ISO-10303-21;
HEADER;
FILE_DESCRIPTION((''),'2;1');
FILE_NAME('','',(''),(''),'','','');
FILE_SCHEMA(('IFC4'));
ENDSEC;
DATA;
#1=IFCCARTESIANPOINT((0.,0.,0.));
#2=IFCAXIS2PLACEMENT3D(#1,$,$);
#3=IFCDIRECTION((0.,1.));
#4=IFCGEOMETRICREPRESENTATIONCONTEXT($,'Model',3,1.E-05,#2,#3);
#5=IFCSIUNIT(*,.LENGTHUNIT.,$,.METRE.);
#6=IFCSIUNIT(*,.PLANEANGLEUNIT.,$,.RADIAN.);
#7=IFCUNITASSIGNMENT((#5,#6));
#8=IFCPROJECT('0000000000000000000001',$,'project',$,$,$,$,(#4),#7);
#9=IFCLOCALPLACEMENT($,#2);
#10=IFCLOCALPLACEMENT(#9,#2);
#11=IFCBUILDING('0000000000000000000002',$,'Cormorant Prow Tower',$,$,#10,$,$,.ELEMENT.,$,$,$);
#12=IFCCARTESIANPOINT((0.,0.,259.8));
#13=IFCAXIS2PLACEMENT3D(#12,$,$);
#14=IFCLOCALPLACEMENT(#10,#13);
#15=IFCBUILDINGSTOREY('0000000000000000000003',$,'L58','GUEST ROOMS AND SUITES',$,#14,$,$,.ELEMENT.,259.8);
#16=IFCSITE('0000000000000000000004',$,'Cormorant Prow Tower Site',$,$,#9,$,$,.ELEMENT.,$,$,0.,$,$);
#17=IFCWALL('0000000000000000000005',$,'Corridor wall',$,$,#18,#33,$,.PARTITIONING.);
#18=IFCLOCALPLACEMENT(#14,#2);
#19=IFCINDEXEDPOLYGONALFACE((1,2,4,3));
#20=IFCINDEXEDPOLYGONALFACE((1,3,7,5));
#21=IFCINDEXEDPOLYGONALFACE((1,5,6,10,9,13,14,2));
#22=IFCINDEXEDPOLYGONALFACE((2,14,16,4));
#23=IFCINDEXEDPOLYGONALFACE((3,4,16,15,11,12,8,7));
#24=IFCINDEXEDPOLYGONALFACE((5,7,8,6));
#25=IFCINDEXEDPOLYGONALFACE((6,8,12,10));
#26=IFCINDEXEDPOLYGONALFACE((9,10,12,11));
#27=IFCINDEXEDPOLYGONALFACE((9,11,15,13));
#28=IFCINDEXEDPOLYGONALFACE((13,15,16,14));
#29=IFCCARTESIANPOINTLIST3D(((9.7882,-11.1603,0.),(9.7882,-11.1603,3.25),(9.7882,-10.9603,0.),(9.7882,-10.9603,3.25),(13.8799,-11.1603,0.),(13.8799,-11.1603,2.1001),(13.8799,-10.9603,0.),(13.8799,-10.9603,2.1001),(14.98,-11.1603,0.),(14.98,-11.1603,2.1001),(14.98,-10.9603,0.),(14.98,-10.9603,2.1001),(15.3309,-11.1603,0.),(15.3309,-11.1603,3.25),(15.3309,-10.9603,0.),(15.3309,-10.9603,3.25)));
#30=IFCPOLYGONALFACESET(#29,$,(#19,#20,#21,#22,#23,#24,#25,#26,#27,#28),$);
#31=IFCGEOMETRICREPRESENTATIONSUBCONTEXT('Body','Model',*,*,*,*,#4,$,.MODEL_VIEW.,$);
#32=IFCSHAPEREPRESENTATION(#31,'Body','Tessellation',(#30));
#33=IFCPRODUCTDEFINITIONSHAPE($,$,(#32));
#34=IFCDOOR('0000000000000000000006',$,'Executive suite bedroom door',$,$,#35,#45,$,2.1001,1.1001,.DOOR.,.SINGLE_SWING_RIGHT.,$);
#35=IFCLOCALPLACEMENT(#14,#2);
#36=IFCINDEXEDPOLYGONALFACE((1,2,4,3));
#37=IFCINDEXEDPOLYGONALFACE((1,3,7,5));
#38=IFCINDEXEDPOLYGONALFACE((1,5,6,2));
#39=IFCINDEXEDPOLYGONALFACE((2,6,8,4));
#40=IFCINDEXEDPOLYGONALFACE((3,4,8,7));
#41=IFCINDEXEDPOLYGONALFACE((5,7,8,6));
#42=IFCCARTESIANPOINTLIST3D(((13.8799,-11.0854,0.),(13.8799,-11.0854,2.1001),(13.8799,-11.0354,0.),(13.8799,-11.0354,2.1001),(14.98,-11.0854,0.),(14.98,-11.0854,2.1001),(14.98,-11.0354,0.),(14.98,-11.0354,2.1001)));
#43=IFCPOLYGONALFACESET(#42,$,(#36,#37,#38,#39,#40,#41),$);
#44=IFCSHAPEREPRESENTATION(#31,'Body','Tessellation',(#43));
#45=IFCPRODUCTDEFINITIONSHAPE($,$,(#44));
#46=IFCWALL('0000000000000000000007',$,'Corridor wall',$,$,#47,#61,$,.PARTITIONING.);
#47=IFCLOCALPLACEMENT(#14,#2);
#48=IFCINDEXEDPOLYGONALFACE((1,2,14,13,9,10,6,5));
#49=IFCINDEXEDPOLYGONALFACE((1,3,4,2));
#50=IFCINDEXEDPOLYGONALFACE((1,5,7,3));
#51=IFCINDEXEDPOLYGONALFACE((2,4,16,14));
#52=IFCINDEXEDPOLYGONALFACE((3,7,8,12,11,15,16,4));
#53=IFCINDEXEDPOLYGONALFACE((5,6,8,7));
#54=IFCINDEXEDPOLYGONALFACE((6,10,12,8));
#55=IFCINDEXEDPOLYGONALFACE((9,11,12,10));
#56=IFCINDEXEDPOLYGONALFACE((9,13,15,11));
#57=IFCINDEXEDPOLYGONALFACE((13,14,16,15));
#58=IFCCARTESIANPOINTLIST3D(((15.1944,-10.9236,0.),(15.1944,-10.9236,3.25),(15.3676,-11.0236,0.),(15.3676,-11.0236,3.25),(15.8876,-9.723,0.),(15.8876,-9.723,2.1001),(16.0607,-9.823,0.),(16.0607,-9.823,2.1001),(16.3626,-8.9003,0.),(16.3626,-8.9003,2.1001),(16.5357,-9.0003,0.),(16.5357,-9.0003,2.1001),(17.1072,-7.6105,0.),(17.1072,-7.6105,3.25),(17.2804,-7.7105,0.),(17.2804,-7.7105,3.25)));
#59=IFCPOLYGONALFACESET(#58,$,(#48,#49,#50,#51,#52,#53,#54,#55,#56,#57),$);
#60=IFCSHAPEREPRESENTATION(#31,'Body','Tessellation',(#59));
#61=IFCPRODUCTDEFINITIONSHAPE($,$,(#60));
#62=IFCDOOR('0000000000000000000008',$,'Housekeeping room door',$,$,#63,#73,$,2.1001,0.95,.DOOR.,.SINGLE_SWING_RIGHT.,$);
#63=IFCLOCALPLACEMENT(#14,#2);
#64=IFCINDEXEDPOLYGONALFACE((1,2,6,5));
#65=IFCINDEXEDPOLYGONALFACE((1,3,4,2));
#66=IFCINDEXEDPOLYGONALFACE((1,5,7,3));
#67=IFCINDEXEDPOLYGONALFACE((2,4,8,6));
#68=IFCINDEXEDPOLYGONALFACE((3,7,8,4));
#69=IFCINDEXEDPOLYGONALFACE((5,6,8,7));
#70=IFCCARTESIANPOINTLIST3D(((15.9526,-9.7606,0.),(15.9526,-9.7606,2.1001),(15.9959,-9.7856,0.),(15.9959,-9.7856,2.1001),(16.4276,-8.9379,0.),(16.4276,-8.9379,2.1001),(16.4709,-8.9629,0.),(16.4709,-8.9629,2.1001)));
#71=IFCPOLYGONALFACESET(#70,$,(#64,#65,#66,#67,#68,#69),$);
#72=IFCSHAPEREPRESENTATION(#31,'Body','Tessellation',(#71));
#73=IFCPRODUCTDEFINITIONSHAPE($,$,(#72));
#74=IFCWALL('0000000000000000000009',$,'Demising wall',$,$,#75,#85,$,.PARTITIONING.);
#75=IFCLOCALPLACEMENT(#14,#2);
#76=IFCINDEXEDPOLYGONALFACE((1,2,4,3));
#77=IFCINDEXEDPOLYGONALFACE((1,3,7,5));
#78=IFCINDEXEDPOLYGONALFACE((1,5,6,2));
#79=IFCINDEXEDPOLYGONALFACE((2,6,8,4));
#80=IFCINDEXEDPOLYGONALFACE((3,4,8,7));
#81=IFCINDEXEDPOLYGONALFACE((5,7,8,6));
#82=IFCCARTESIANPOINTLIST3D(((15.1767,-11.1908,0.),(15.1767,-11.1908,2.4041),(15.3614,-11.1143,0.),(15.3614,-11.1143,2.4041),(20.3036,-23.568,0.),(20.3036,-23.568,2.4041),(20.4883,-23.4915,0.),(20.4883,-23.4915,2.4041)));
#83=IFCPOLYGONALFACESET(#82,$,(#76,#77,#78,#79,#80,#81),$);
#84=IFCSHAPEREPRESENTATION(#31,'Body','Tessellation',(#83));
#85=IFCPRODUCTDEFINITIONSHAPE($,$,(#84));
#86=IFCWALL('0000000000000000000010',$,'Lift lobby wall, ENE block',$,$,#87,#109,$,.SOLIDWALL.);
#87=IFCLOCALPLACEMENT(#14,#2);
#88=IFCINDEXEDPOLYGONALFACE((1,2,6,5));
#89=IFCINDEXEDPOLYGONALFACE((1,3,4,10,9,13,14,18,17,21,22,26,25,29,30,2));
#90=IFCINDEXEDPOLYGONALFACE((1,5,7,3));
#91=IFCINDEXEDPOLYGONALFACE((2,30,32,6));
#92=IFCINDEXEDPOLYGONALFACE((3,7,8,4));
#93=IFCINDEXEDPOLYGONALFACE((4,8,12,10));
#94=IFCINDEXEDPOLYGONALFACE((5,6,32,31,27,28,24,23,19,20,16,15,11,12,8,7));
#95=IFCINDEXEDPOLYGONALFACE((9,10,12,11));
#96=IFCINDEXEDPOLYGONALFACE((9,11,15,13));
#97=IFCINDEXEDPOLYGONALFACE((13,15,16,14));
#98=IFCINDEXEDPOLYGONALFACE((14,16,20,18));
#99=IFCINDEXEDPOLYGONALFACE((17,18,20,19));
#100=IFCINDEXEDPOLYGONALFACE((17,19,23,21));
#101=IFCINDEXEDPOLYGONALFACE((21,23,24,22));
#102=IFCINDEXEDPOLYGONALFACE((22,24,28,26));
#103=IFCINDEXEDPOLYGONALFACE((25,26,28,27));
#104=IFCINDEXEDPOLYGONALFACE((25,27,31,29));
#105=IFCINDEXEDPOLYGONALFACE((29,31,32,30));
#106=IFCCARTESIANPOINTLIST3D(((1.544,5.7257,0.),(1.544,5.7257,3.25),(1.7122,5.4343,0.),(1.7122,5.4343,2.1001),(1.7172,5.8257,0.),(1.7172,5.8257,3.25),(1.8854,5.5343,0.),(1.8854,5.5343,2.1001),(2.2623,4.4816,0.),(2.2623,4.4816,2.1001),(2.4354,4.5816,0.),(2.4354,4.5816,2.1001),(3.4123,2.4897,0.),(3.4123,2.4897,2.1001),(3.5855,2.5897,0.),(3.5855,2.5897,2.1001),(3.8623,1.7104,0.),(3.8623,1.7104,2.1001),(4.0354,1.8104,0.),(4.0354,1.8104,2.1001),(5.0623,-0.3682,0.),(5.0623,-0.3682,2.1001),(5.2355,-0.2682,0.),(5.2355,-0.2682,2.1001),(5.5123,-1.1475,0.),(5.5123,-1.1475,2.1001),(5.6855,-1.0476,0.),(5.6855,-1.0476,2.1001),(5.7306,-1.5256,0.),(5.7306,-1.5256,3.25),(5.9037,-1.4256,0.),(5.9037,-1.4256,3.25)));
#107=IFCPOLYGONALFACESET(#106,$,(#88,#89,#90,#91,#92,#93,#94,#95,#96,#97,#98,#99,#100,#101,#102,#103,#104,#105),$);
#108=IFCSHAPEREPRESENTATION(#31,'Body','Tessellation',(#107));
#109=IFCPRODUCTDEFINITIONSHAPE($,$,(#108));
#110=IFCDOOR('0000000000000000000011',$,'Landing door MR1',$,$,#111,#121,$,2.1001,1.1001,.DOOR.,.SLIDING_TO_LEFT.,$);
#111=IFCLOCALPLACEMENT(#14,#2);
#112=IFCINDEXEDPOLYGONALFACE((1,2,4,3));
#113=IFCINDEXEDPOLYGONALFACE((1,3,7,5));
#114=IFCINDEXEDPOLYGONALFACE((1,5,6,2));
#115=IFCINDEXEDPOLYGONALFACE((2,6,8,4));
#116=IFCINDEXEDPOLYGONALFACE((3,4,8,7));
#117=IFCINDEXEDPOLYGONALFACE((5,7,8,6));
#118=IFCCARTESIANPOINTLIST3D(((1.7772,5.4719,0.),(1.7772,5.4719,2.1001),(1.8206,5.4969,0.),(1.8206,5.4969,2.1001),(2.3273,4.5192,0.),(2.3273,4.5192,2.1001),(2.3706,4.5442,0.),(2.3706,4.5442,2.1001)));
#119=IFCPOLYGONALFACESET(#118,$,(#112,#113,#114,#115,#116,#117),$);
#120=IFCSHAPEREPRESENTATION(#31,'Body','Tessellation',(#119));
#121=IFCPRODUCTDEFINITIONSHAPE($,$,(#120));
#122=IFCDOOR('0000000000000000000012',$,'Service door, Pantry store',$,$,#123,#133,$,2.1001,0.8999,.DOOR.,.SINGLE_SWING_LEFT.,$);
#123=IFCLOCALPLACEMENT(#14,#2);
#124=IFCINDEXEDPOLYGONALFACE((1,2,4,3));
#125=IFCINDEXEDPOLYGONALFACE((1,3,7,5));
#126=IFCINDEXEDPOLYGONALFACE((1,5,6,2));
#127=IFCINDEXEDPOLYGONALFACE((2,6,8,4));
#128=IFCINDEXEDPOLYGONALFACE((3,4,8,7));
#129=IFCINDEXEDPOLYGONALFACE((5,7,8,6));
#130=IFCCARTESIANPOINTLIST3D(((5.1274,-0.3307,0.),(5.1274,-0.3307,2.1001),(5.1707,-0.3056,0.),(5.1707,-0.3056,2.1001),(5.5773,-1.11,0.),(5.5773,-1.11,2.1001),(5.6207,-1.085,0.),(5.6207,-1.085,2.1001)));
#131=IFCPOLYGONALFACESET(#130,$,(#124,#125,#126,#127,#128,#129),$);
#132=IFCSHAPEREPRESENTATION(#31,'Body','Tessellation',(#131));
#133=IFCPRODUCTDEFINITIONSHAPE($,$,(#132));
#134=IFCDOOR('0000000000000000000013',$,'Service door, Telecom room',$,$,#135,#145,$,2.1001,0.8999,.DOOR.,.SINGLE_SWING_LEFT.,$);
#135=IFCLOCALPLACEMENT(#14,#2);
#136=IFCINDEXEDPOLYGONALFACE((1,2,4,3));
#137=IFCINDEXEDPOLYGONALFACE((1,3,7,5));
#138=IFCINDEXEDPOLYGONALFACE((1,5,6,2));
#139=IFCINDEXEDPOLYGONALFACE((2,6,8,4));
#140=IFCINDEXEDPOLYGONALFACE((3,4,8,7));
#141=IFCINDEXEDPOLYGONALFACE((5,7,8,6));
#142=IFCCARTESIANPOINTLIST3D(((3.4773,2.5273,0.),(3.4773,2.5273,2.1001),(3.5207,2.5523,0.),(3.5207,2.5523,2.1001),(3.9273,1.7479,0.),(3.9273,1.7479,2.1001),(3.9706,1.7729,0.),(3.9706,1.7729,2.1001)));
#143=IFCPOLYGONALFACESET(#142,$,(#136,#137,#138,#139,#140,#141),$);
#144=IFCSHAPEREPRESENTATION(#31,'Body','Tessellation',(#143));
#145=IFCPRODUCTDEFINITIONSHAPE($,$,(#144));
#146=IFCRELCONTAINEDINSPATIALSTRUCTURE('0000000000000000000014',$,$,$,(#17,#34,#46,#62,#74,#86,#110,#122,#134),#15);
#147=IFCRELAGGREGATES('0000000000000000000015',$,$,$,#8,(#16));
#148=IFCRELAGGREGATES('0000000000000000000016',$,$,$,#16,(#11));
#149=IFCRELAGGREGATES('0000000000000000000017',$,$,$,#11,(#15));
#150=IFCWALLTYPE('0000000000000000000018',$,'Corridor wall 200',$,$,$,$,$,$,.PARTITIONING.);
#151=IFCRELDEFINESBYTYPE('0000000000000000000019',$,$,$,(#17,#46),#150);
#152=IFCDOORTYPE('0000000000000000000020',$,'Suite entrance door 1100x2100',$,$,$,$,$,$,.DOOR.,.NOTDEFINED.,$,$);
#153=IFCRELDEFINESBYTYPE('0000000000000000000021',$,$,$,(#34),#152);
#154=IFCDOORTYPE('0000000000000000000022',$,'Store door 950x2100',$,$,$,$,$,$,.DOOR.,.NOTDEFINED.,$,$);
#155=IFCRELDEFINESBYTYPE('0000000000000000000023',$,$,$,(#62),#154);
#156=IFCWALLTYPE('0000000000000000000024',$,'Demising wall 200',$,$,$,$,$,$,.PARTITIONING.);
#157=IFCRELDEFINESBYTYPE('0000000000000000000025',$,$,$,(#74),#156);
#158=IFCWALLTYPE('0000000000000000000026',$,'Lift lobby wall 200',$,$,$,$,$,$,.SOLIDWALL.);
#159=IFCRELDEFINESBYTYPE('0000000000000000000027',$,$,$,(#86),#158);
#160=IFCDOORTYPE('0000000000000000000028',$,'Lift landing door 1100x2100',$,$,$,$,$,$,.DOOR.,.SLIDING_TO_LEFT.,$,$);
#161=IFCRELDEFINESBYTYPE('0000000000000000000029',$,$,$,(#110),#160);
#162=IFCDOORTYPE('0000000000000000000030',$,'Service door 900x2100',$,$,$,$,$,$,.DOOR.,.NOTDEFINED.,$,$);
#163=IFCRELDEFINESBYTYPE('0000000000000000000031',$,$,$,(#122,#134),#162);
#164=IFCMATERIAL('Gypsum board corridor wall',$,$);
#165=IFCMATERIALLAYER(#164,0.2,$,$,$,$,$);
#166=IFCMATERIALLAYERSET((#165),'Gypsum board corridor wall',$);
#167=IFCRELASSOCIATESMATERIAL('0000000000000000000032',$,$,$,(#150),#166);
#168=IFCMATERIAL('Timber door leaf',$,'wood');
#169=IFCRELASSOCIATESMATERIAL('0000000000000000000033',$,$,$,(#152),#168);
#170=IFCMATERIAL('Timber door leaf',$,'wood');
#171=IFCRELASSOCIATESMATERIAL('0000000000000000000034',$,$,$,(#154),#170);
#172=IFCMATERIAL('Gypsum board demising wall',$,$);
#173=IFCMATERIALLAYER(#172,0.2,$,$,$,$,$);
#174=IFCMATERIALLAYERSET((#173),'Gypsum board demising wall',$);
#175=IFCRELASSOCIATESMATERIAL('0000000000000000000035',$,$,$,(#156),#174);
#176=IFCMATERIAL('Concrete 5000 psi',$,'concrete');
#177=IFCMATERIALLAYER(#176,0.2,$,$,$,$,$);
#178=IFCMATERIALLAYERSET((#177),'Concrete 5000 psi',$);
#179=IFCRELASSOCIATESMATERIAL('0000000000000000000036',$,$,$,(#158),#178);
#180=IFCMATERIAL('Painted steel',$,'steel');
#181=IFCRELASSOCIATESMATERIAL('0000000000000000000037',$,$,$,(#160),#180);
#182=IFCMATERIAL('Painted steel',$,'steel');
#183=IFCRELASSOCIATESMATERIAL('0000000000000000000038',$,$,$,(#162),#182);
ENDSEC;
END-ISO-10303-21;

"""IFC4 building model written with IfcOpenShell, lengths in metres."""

from ifc_helpers import new_model, si_unit, direction, frame, frame_2d, origin, place, context, subcontext, project, spatial, rectangle, extrude, material, layer, layer_set, type_object, element, fill, save


model = new_model("IFC4")

# Units and contexts
model_context = context("Model", 3, precision=1e-05, world=origin(), true_north=direction((0.0, 1.0)))
body_context = subcontext(model_context, "Body", "Model", "MODEL_VIEW")
ifc_project = project(units=[si_unit("LENGTHUNIT", "METRE"), si_unit("PLANEANGLEUNIT", "RADIAN")], contexts=[model_context])

# Site, building, storey
site_placement = place(None, origin())
site = spatial("IfcSite", under=ifc_project, at=site_placement, Name="Cormorant Prow Tower Site", CompositionType="ELEMENT", RefElevation=0.0)
building_placement = place(site_placement, origin())
building = spatial("IfcBuilding", under=site, at=building_placement, Name="Cormorant Prow Tower", CompositionType="ELEMENT")
storey_placement = place(building_placement, frame((0.0, 0.0, 259.8)))
storey = spatial("IfcBuildingStorey", under=building, at=storey_placement, Name="L58", Description="GUEST ROOMS AND SUITES", CompositionType="ELEMENT", Elevation=259.8)

# Walls, openings, doors
ifc_material_1 = material(Name="Gypsum board corridor wall")
ifc_layer_1 = layer(ifc_material_1, 0.2)
ifc_layer_set_1 = layer_set([ifc_layer_1], Name="Gypsum board corridor wall")
wall_type_1 = type_object("IfcWallType", Name="Corridor wall 200", PredefinedType="PARTITIONING", material=ifc_layer_set_1)
wall_1_placement = place(storey_placement, frame((9.7881, -11.0603, 0.0), z_axis=(0.0, 0.0, 1.0), x_axis=(1.0, 0.0, 0.0)))
wall_1 = element("IfcWall", 1, at=wall_1_placement, inside=storey, type_object=wall_type_1, Name="Corridor wall", PredefinedType="PARTITIONING", context=body_context, shape_type="SweptSolid", body=[
    extrude(rectangle(XDim=5.5427, YDim=0.2, at=frame_2d((2.7715, 0.0))), origin(), (0.0, 0.0, 1.0), 3.25),
])
opening_1_placement = place(wall_1_placement, frame((4.0918, 0.0, 0.0)))
opening_1 = element("IfcOpeningElement", 2, at=opening_1_placement, cuts=wall_1, PredefinedType="OPENING", context=body_context, shape_type="SweptSolid", body=[
    extrude(rectangle(XDim=1.1001, YDim=2.1001, at=frame_2d((0.55, 1.05))), frame((0.0, 0.1099, 0.0), z_axis=(0.0, -1.0, 0.0), x_axis=(1.0, 0.0, 0.0)), (0.0, 0.0, 1.0), 0.22),
])
ifc_material_2 = material(Name="Timber door leaf", Category="wood")
door_type_1 = type_object("IfcDoorType", Name="Suite entrance door 1100x2100", OperationType="NOTDEFINED", PredefinedType="DOOR", material=ifc_material_2)
door_1_placement = place(opening_1_placement, origin())
door_1 = element("IfcDoor", 3, at=door_1_placement, inside=storey, type_object=door_type_1, Name="Executive suite bedroom door", OperationType="SINGLE_SWING_RIGHT", OverallHeight=2.1001, OverallWidth=1.1001, PredefinedType="DOOR", context=body_context, shape_type="SweptSolid", body=[
    extrude(rectangle(XDim=1.1001, YDim=2.1001, at=frame_2d((0.55, 1.05))), frame((0.0, 0.0249, 0.0), z_axis=(0.0, -1.0, 0.0), x_axis=(1.0, 0.0, 0.0)), (0.0, 0.0, 1.0), 0.05),
])
fill(opening_1, door_1)
wall_2_placement = place(storey_placement, frame((15.281, -10.9736, 0.0), z_axis=(0.0, 0.0, 1.0), x_axis=(0.499989, 0.866031, 0.0)))
wall_2 = element("IfcWall", 4, at=wall_2_placement, inside=storey, type_object=wall_type_1, Name="Corridor wall", PredefinedType="PARTITIONING", context=body_context, shape_type="SweptSolid", body=[
    extrude(rectangle(XDim=3.8257, YDim=0.2, at=frame_2d((1.9128, 0.0))), origin(), (0.0, 0.0, 1.0), 3.25),
])
opening_2_placement = place(wall_2_placement, frame((1.3862, 0.0, 0.0)))
opening_2 = element("IfcOpeningElement", 5, at=opening_2_placement, cuts=wall_2, PredefinedType="OPENING", context=body_context, shape_type="SweptSolid", body=[
    extrude(rectangle(XDim=0.95, YDim=2.1001, at=frame_2d((0.4751, 1.05))), frame((0.0, 0.1099, 0.0), z_axis=(0.0, -1.0, 0.0), x_axis=(1.0, 0.0, 0.0)), (0.0, 0.0, 1.0), 0.22),
])
ifc_material_3 = material(Name="Timber door leaf", Category="wood")
door_type_2 = type_object("IfcDoorType", Name="Store door 950x2100", OperationType="NOTDEFINED", PredefinedType="DOOR", material=ifc_material_3)
door_2_placement = place(opening_2_placement, origin())
door_2 = element("IfcDoor", 6, at=door_2_placement, inside=storey, type_object=door_type_2, Name="Housekeeping room door", OperationType="SINGLE_SWING_RIGHT", OverallHeight=2.1001, OverallWidth=0.95, PredefinedType="DOOR", context=body_context, shape_type="SweptSolid", body=[
    extrude(rectangle(XDim=0.95, YDim=2.1001, at=frame_2d((0.4751, 1.05))), frame((0.0, 0.0249, 0.0), z_axis=(0.0, -1.0, 0.0), x_axis=(1.0, 0.0, 0.0)), (0.0, 0.0, 1.0), 0.05),
])
fill(opening_2, door_2)

# Wall
ifc_material_4 = material(Name="Gypsum board demising wall")
ifc_layer_2 = layer(ifc_material_4, 0.2)
ifc_layer_set_2 = layer_set([ifc_layer_2], Name="Gypsum board demising wall")
wall_type_2 = type_object("IfcWallType", Name="Demising wall 200", PredefinedType="PARTITIONING", material=ifc_layer_set_2)
wall_3_placement = place(storey_placement, frame((15.269, -11.1526, 0.0), z_axis=(0.0, 0.0, 1.0), x_axis=(0.382693, -0.923876, 0.0)))
element("IfcWall", 7, at=wall_3_placement, inside=storey, type_object=wall_type_2, Name="Demising wall", PredefinedType="PARTITIONING", context=body_context, shape_type="SweptSolid", body=[
    extrude(rectangle(XDim=13.397, YDim=0.2, at=frame_2d((6.6985, 0.0))), origin(), (0.0, 0.0, 1.0), 2.4041),
])

# Wall, openings, doors
ifc_material_5 = material(Name="Concrete 5000 psi", Category="concrete")
ifc_layer_3 = layer(ifc_material_5, 0.2)
ifc_layer_set_3 = layer_set([ifc_layer_3], Name="Concrete 5000 psi")
wall_type_3 = type_object("IfcWallType", Name="Lift lobby wall 200", PredefinedType="SOLIDWALL", material=ifc_layer_set_3)
wall_4_placement = place(storey_placement, frame((5.8171, -1.4756, 0.0), z_axis=(0.0, 0.0, 1.0), x_axis=(-0.500003, 0.866024, 0.0)))
wall_4 = element("IfcWall", 8, at=wall_4_placement, inside=storey, type_object=wall_type_3, Name="Lift lobby wall, ENE block", PredefinedType="SOLIDWALL", context=body_context, shape_type="SweptSolid", body=[
    extrude(rectangle(XDim=8.373, YDim=0.2, at=frame_2d((4.1865, 0.0))), origin(), (0.0, 0.0, 1.0), 3.25),
])
opening_3_placement = place(wall_4_placement, frame((0.4365, 0.0, 0.0)))
opening_3 = element("IfcOpeningElement", 9, at=opening_3_placement, cuts=wall_4, PredefinedType="OPENING", context=body_context, shape_type="SweptSolid", body=[
    extrude(rectangle(XDim=0.8999, YDim=2.1001, at=frame_2d((0.45, 1.05))), frame((0.0, 0.1099, 0.0), z_axis=(0.0, -1.0, 0.0), x_axis=(1.0, 0.0, 0.0)), (0.0, 0.0, 1.0), 0.22),
])
opening_4_placement = place(wall_4_placement, frame((3.7366, 0.0, 0.0)))
opening_4 = element("IfcOpeningElement", 10, at=opening_4_placement, cuts=wall_4, PredefinedType="OPENING", context=body_context, shape_type="SweptSolid", body=[
    extrude(rectangle(XDim=0.8999, YDim=2.1001, at=frame_2d((0.45, 1.05))), frame((0.0, 0.1099, 0.0), z_axis=(0.0, -1.0, 0.0), x_axis=(1.0, 0.0, 0.0)), (0.0, 0.0, 1.0), 0.22),
])
opening_5_placement = place(wall_4_placement, frame((6.9365, 0.0, 0.0)))
opening_5 = element("IfcOpeningElement", 11, at=opening_5_placement, cuts=wall_4, PredefinedType="OPENING", context=body_context, shape_type="SweptSolid", body=[
    extrude(rectangle(XDim=1.1001, YDim=2.1001, at=frame_2d((0.55, 1.05))), frame((0.0, 0.1099, 0.0), z_axis=(0.0, -1.0, 0.0), x_axis=(1.0, 0.0, 0.0)), (0.0, 0.0, 1.0), 0.22),
])
ifc_material_6 = material(Name="Painted steel", Category="steel")
door_type_3 = type_object("IfcDoorType", Name="Lift landing door 1100x2100", OperationType="SLIDING_TO_LEFT", PredefinedType="DOOR", material=ifc_material_6)
door_3_placement = place(opening_5_placement, origin())
door_3 = element("IfcDoor", 12, at=door_3_placement, inside=storey, type_object=door_type_3, Name="Landing door MR1", OperationType="SLIDING_TO_LEFT", OverallHeight=2.1001, OverallWidth=1.1001, PredefinedType="DOOR", context=body_context, shape_type="SweptSolid", body=[
    extrude(rectangle(XDim=1.1001, YDim=2.1001, at=frame_2d((0.55, 1.05))), frame((0.0, 0.0249, 0.0), z_axis=(0.0, -1.0, 0.0), x_axis=(1.0, 0.0, 0.0)), (0.0, 0.0, 1.0), 0.05),
])
fill(opening_5, door_3)
ifc_material_7 = material(Name="Painted steel", Category="steel")
door_type_4 = type_object("IfcDoorType", Name="Service door 900x2100", OperationType="NOTDEFINED", PredefinedType="DOOR", material=ifc_material_7)
door_4_placement = place(opening_3_placement, origin())
door_4 = element("IfcDoor", 13, at=door_4_placement, inside=storey, type_object=door_type_4, Name="Service door, Pantry store", OperationType="SINGLE_SWING_LEFT", OverallHeight=2.1001, OverallWidth=0.8999, PredefinedType="DOOR", context=body_context, shape_type="SweptSolid", body=[
    extrude(rectangle(XDim=0.8999, YDim=2.1001, at=frame_2d((0.45, 1.05))), frame((0.0, 0.0249, 0.0), z_axis=(0.0, -1.0, 0.0), x_axis=(1.0, 0.0, 0.0)), (0.0, 0.0, 1.0), 0.05),
])
fill(opening_3, door_4)
door_5_placement = place(opening_4_placement, origin())
door_5 = element("IfcDoor", 14, at=door_5_placement, inside=storey, type_object=door_type_4, Name="Service door, Telecom room", OperationType="SINGLE_SWING_LEFT", OverallHeight=2.1001, OverallWidth=0.8999, PredefinedType="DOOR", context=body_context, shape_type="SweptSolid", body=[
    extrude(rectangle(XDim=0.8999, YDim=2.1001, at=frame_2d((0.45, 1.05))), frame((0.0, 0.0249, 0.0), z_axis=(0.0, -1.0, 0.0), x_axis=(1.0, 0.0, 0.0)), (0.0, 0.0, 1.0), 0.05),
])
fill(opening_4, door_5)

save(model, "model.ifc")
